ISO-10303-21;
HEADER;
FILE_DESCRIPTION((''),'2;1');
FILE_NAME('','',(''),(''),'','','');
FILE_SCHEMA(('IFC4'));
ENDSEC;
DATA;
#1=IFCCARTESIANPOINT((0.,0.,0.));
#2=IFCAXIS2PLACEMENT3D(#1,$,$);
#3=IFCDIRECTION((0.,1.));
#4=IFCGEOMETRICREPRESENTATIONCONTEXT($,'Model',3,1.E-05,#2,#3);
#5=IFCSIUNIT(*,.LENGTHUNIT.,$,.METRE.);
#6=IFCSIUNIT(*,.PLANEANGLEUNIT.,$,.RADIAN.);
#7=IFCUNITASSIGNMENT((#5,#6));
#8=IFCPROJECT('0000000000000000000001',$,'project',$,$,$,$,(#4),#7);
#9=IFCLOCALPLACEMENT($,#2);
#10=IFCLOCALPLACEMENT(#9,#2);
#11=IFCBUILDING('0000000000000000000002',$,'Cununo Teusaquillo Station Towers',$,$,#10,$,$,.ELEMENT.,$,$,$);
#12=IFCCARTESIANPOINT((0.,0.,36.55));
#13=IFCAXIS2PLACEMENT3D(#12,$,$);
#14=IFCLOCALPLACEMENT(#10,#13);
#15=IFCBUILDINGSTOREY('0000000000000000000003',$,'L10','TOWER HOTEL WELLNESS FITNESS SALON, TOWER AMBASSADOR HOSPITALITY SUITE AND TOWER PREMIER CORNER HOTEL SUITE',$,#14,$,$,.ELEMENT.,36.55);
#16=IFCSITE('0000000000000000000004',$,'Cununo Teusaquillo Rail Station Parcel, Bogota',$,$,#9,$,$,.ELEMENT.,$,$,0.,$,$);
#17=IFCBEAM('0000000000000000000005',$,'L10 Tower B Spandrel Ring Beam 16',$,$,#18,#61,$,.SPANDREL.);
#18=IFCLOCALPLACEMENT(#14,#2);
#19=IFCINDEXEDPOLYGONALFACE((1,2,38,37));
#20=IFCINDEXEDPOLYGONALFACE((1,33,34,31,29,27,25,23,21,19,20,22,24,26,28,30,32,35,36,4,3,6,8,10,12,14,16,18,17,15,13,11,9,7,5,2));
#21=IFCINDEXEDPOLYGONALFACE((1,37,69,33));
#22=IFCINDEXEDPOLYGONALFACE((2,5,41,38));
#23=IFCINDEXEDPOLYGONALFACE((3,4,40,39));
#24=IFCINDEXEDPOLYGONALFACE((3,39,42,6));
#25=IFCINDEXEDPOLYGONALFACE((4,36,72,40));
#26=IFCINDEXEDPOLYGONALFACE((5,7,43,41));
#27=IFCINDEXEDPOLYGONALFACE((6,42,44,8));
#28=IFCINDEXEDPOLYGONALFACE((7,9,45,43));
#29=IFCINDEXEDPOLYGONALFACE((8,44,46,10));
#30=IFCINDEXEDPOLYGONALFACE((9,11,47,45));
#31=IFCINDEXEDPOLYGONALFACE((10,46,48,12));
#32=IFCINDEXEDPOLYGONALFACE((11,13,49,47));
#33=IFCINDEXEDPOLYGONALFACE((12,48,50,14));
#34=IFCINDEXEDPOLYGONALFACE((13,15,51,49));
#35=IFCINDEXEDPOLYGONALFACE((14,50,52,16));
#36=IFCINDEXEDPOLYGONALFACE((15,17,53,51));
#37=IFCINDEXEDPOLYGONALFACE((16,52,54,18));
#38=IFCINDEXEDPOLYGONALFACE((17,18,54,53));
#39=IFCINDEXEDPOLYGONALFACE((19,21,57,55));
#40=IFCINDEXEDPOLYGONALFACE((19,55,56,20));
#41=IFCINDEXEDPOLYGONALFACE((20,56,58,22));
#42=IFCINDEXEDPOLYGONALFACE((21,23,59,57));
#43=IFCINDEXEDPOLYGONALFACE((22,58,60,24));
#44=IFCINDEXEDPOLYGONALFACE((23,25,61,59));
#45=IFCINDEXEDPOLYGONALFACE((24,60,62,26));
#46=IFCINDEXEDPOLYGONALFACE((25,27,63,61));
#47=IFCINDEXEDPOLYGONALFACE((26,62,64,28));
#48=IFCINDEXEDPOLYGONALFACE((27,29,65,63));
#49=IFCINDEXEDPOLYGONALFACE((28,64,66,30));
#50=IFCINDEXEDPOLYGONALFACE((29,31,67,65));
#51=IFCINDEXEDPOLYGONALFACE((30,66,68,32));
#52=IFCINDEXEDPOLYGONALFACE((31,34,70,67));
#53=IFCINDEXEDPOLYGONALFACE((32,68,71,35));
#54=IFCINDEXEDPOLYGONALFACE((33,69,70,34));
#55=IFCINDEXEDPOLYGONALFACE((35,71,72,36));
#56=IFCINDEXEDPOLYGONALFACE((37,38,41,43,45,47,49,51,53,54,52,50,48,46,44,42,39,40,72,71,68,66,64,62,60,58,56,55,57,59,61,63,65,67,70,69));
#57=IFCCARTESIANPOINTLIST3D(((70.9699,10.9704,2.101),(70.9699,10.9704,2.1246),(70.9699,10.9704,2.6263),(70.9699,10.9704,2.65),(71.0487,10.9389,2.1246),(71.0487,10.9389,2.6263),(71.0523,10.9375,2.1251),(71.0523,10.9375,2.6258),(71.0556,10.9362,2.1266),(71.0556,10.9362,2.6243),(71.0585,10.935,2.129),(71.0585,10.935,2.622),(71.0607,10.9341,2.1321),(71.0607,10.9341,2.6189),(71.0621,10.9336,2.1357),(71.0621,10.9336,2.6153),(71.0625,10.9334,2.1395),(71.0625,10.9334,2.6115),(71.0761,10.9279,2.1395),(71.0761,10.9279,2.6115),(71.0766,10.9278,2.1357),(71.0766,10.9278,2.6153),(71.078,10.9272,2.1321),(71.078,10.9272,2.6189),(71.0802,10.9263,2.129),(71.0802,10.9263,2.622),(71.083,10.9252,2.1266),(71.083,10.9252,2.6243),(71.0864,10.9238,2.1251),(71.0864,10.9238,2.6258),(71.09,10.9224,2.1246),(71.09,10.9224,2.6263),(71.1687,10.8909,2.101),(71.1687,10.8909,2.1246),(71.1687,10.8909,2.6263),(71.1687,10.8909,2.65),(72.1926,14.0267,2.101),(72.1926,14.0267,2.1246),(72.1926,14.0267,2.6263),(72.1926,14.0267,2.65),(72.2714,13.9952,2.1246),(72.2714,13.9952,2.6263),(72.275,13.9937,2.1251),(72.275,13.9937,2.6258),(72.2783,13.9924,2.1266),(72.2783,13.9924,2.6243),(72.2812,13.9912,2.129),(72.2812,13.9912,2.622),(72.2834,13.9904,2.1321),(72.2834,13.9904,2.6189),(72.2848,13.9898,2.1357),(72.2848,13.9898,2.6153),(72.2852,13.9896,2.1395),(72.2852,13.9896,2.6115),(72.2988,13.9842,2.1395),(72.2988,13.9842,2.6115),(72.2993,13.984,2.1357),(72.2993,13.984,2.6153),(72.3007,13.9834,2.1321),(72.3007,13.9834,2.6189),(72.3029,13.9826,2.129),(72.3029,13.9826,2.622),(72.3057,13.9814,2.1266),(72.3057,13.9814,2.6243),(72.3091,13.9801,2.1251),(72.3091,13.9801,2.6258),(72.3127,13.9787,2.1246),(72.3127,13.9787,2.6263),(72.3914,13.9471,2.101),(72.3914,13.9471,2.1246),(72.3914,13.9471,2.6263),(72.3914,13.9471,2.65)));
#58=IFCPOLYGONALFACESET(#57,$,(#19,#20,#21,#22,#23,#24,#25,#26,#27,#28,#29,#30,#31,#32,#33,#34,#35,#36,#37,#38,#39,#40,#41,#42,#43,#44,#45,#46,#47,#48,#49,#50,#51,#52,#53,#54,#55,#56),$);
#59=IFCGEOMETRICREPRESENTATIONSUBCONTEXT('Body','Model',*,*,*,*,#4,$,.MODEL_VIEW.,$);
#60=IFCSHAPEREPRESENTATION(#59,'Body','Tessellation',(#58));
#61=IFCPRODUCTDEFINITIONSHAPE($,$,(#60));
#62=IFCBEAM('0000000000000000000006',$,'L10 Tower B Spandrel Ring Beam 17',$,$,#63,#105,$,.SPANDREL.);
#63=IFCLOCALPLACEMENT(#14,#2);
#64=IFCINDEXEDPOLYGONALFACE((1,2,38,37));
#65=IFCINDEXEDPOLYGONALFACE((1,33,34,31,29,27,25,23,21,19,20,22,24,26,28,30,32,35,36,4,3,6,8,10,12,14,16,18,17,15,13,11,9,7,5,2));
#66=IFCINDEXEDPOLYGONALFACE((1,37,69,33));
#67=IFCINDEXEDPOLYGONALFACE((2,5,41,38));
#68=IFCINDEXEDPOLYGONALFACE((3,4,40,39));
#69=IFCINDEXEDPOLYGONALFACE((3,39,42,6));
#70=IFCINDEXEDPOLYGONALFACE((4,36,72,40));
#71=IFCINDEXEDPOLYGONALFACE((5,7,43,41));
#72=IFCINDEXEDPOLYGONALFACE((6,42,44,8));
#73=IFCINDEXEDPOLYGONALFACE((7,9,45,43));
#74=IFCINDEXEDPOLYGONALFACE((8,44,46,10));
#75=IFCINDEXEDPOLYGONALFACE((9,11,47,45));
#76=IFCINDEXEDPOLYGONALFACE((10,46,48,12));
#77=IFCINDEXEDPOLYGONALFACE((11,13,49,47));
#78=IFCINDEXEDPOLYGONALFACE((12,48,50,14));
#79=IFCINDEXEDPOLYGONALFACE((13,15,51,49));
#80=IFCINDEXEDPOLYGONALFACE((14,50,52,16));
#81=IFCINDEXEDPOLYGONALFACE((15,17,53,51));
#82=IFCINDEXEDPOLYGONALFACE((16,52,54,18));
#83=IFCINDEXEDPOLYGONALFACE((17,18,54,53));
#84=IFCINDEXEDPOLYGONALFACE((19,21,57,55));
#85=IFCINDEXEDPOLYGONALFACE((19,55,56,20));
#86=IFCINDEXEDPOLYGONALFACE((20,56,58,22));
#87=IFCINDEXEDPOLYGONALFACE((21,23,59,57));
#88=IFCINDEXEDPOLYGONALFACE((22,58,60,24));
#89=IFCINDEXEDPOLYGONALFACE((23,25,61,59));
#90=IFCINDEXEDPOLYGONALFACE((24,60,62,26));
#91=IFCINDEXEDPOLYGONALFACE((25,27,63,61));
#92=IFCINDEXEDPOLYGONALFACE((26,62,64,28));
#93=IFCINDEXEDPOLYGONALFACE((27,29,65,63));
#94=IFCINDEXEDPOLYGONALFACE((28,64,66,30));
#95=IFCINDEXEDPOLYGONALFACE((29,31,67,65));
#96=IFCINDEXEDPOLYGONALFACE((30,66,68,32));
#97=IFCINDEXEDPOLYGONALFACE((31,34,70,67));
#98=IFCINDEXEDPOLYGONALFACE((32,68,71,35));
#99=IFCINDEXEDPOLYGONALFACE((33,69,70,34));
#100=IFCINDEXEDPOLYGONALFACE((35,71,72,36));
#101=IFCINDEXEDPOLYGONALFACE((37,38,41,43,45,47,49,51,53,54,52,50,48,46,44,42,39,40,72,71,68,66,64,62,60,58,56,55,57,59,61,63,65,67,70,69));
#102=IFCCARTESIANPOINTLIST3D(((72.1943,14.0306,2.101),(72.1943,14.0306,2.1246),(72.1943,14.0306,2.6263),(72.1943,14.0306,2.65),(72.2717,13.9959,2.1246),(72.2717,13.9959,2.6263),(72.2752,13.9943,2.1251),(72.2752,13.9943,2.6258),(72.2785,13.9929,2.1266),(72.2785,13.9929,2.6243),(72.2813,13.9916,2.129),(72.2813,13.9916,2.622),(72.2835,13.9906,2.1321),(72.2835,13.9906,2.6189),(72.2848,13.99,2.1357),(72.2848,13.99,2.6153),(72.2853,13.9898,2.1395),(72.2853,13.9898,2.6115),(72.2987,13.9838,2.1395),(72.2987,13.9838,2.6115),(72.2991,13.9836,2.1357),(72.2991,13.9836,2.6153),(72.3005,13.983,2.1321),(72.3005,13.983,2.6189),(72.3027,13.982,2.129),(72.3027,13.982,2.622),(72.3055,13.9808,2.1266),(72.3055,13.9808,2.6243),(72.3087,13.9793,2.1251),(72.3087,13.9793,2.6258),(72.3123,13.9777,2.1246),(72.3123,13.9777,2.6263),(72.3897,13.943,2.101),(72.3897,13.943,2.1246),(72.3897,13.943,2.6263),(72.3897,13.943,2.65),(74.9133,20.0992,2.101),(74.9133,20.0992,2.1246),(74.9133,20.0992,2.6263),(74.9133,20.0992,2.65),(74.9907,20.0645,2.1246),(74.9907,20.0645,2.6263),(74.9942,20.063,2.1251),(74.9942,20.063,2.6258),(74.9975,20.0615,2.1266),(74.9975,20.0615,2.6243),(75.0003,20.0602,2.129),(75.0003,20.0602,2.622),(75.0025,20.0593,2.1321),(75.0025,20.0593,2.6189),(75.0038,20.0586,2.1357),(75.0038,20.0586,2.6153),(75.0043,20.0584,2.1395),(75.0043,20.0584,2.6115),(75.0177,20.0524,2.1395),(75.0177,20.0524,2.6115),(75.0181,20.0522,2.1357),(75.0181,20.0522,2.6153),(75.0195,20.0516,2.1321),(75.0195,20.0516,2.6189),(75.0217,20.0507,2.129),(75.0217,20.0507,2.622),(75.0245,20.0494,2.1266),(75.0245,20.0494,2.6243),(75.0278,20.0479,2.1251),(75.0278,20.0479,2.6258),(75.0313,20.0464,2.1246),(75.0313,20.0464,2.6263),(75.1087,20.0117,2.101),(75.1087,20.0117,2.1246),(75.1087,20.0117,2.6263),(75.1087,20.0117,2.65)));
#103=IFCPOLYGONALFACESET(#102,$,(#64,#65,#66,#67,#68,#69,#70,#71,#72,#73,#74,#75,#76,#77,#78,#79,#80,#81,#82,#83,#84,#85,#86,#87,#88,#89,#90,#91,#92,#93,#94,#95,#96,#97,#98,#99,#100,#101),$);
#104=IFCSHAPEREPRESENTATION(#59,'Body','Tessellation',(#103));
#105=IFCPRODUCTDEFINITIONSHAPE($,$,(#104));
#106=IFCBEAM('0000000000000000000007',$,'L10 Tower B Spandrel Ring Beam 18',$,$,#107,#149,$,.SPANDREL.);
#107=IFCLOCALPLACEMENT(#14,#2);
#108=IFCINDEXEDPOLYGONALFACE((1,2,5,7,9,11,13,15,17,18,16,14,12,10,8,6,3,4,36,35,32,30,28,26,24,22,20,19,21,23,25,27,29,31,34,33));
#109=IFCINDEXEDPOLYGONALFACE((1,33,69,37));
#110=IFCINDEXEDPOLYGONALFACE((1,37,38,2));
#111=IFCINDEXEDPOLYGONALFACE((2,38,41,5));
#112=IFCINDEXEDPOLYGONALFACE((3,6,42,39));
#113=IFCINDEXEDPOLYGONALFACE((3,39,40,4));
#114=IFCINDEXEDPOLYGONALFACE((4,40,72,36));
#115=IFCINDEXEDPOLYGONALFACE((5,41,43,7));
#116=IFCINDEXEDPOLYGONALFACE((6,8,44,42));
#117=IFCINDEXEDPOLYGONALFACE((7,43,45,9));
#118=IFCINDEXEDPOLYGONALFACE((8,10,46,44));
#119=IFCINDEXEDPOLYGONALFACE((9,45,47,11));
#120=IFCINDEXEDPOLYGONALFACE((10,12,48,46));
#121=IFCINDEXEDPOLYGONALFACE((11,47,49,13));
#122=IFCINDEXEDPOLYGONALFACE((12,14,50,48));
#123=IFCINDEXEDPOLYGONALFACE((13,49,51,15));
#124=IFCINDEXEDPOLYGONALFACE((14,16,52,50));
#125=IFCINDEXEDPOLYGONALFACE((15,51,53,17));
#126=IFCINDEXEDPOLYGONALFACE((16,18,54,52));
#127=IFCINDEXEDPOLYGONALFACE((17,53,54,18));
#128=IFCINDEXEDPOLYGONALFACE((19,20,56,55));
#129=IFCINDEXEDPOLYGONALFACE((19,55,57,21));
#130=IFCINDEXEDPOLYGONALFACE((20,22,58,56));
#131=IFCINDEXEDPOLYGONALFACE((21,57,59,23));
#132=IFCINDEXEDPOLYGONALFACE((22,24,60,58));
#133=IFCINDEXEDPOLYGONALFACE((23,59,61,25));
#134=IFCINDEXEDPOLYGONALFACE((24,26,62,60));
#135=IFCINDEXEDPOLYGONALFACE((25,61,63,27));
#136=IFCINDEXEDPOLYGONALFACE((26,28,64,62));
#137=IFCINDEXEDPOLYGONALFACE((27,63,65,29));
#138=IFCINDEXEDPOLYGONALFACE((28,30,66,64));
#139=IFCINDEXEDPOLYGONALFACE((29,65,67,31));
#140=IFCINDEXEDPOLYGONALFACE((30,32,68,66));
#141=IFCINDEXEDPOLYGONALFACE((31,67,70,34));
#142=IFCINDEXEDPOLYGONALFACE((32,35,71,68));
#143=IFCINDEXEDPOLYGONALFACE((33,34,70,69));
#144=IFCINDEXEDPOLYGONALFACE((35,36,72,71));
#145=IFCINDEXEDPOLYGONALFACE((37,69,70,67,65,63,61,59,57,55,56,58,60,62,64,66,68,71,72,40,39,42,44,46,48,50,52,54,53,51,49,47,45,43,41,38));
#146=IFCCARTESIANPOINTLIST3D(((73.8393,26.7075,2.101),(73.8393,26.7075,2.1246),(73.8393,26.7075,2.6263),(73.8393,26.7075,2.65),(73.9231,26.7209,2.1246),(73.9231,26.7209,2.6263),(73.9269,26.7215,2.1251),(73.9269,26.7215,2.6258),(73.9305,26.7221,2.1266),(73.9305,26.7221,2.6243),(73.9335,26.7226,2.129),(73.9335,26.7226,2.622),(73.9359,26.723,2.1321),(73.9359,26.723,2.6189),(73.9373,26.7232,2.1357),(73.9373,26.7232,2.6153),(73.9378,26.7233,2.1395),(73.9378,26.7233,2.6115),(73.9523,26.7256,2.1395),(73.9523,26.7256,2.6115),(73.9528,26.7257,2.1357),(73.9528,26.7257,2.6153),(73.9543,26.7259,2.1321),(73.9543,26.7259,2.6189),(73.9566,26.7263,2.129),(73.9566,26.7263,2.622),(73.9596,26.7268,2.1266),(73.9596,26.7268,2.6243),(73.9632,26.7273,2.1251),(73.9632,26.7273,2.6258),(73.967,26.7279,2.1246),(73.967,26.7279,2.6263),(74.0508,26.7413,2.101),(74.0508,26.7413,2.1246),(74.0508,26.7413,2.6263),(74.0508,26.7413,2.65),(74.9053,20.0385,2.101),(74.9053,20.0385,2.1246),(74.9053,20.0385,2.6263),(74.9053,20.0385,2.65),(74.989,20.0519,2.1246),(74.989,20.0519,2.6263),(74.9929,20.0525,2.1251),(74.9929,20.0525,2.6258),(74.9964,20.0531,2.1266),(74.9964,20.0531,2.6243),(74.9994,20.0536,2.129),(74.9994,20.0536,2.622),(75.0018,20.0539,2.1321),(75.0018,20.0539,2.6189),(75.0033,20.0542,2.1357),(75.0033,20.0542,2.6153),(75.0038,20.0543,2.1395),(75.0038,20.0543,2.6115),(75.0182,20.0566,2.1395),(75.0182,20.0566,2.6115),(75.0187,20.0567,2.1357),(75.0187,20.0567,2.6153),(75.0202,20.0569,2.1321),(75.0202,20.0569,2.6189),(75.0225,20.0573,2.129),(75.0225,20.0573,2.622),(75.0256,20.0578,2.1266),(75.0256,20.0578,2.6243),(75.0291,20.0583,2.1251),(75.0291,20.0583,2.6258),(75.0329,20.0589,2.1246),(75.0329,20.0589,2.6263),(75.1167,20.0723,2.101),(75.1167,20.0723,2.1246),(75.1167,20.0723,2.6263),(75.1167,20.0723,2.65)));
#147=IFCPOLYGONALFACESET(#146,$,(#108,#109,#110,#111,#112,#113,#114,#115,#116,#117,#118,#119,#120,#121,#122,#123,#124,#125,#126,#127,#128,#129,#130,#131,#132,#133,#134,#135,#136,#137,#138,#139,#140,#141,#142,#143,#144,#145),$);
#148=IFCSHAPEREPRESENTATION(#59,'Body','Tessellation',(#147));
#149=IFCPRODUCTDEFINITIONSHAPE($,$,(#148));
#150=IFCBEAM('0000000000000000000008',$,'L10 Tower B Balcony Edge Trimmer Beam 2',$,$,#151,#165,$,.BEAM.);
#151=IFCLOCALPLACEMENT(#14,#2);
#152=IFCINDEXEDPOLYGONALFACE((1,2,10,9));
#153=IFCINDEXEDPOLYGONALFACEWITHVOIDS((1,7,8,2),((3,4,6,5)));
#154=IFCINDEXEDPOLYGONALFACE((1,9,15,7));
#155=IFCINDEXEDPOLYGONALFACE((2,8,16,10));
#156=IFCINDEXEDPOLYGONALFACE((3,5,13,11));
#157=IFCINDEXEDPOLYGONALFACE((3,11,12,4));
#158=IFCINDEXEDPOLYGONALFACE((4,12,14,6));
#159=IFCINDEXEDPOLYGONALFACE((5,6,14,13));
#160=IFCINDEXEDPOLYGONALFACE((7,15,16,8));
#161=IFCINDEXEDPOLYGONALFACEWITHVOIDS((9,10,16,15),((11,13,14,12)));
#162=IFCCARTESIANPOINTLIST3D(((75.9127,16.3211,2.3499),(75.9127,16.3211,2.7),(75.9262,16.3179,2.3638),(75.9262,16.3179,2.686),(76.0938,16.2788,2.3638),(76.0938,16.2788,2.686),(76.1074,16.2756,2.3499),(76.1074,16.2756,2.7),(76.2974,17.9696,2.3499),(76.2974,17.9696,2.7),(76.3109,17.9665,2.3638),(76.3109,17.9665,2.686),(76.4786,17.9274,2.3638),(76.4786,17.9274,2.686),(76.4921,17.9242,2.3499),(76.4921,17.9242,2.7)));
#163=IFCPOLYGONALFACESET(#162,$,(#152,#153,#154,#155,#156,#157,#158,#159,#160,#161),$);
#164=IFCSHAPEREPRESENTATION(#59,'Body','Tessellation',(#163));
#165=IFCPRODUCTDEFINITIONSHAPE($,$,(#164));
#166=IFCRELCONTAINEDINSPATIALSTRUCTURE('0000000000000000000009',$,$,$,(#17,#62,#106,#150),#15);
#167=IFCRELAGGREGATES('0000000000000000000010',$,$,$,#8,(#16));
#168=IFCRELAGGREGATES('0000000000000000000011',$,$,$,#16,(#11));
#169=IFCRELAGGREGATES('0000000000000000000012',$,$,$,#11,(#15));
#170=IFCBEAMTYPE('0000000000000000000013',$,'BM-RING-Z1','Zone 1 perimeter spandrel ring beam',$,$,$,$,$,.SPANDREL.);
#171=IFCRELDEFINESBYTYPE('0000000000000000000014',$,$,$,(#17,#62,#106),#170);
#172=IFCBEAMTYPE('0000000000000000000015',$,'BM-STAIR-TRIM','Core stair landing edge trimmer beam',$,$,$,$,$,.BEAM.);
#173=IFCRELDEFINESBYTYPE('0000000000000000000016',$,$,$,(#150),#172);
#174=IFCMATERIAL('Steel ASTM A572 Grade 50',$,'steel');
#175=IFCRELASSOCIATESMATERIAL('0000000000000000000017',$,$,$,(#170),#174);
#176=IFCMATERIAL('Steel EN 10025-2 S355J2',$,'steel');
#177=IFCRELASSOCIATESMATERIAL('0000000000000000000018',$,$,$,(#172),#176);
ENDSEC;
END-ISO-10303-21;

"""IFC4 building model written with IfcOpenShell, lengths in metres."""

from ifc_helpers import new_model, si_unit, direction, frame, origin, origin_2d, place, context, subcontext, project, spatial, hollow_rectangle, i_section, extrude, material, material_profile, profile_set, type_object, element, save


model = new_model("IFC4")

# Units and contexts
model_context = context("Model", 3, precision=1e-05, world=origin(), true_north=direction((0.0, 1.0)))
body_context = subcontext(model_context, "Body", "Model", "MODEL_VIEW")
ifc_project = project(units=[si_unit("LENGTHUNIT", "METRE"), si_unit("PLANEANGLEUNIT", "RADIAN")], contexts=[model_context])

# Site, building, storey
site_placement = place(None, origin())
site = spatial("IfcSite", under=ifc_project, at=site_placement, Name="Cununo Teusaquillo Rail Station Parcel, Bogota", CompositionType="ELEMENT", RefElevation=0.0)
building_placement = place(site_placement, origin())
building = spatial("IfcBuilding", under=site, at=building_placement, Name="Cununo Teusaquillo Station Towers", CompositionType="ELEMENT")
storey_placement = place(building_placement, frame((0.0, 0.0, 36.55)))
storey = spatial("IfcBuildingStorey", under=building, at=storey_placement, Name="L10", Description="TOWER HOTEL WELLNESS FITNESS SALON, TOWER AMBASSADOR HOSPITALITY SUITE AND TOWER PREMIER CORNER HOTEL SUITE", CompositionType="ELEMENT", Elevation=36.55)

# Beams
ifc_material_1 = material(Name="Steel ASTM A572 Grade 50", Category="steel")
ifc_material_profile_1 = material_profile(ifc_material_1, i_section(OverallWidth=0.2141, OverallDepth=0.5491, WebThickness=0.0146, FlangeThickness=0.0237, FilletRadius=0.0149, at=origin_2d()), Name="W21X93")
ifc_profile_set_1 = profile_set([ifc_material_profile_1], Name="Steel ASTM A572 Grade 50")
beam_type_1 = type_object("IfcBeamType", Name="BM-RING-Z1", Description="Zone 1 perimeter spandrel ring beam", PredefinedType="SPANDREL", material=ifc_profile_set_1)
for number, where, z_axis, x_axis, name in (
    (1, (71.0693, 10.9307, 2.3755), (0.371442, 0.928456, 0.0), (-0.928456, 0.371442, 0.0), "L10 Tower B Spandrel Ring Beam 16"),
):
    element("IfcBeam", number, at=place(storey_placement, frame(where, z_axis=z_axis, x_axis=x_axis)), inside=storey, type_object=beam_type_1, Name=name, PredefinedType="SPANDREL", context=body_context, shape_type="SweptSolid", body=[
        extrude(i_section(OverallWidth=0.2141, OverallDepth=0.5491, WebThickness=0.0146, FlangeThickness=0.0237, FilletRadius=0.0149, at=origin_2d()), origin(), (0.0, 0.0, 1.0), 3.2917),
    ])
beam_1_placement = place(storey_placement, frame((72.292, 13.9868, 2.3755), z_axis=(0.408879, 0.912589, 0.0), x_axis=(-0.912589, 0.408879, 0.0)))
element("IfcBeam", 2, at=beam_1_placement, inside=storey, type_object=beam_type_1, Name="L10 Tower B Spandrel Ring Beam 17", PredefinedType="SPANDREL", context=body_context, shape_type="SweptSolid", body=[
    extrude(i_section(OverallWidth=0.2141, OverallDepth=0.5491, WebThickness=0.0146, FlangeThickness=0.0237, FilletRadius=0.0149, at=origin_2d()), origin(), (0.0, 0.0, 1.0), 6.6499),
])
beam_2_placement = place(storey_placement, frame((75.011, 20.0554, 2.3755), z_axis=(-0.15783, 0.987466, 0.0), x_axis=(-0.987466, -0.15783, 0.0)))
element("IfcBeam", 3, at=beam_2_placement, inside=storey, type_object=beam_type_1, Name="L10 Tower B Spandrel Ring Beam 18", PredefinedType="SPANDREL", context=body_context, shape_type="SweptSolid", body=[
    extrude(i_section(OverallWidth=0.2141, OverallDepth=0.5491, WebThickness=0.0146, FlangeThickness=0.0237, FilletRadius=0.0149, at=origin_2d()), origin(), (0.0, 0.0, 1.0), 6.7537),
])
ifc_material_2 = material(Name="Steel EN 10025-2 S355J2", Category="steel")
ifc_material_profile_2 = material_profile(ifc_material_2, hollow_rectangle(XDim=0.2, YDim=0.3501, WallThickness=0.0139, at=origin_2d()), Name="RHS 350x200x14")
ifc_profile_set_2 = profile_set([ifc_material_profile_2], Name="Steel EN 10025-2 S355J2")
beam_type_2 = type_object("IfcBeamType", Name="BM-STAIR-TRIM", Description="Core stair landing edge trimmer beam", PredefinedType="BEAM", material=ifc_profile_set_2)
beam_3_placement = place(storey_placement, frame((76.01, 16.2983, 2.5249), z_axis=(0.227271, 0.973832, 0.0), x_axis=(-0.973832, 0.227271, 0.0)))
element("IfcBeam", 4, at=beam_3_placement, inside=storey, type_object=beam_type_2, Name="L10 Tower B Balcony Edge Trimmer Beam 2", PredefinedType="BEAM", context=body_context, shape_type="SweptSolid", body=[
    extrude(hollow_rectangle(XDim=0.2, YDim=0.3501, WallThickness=0.0139, at=origin_2d()), origin(), (0.0, 0.0, 1.0), 1.6929),
])

save(model, "model.ifc")
